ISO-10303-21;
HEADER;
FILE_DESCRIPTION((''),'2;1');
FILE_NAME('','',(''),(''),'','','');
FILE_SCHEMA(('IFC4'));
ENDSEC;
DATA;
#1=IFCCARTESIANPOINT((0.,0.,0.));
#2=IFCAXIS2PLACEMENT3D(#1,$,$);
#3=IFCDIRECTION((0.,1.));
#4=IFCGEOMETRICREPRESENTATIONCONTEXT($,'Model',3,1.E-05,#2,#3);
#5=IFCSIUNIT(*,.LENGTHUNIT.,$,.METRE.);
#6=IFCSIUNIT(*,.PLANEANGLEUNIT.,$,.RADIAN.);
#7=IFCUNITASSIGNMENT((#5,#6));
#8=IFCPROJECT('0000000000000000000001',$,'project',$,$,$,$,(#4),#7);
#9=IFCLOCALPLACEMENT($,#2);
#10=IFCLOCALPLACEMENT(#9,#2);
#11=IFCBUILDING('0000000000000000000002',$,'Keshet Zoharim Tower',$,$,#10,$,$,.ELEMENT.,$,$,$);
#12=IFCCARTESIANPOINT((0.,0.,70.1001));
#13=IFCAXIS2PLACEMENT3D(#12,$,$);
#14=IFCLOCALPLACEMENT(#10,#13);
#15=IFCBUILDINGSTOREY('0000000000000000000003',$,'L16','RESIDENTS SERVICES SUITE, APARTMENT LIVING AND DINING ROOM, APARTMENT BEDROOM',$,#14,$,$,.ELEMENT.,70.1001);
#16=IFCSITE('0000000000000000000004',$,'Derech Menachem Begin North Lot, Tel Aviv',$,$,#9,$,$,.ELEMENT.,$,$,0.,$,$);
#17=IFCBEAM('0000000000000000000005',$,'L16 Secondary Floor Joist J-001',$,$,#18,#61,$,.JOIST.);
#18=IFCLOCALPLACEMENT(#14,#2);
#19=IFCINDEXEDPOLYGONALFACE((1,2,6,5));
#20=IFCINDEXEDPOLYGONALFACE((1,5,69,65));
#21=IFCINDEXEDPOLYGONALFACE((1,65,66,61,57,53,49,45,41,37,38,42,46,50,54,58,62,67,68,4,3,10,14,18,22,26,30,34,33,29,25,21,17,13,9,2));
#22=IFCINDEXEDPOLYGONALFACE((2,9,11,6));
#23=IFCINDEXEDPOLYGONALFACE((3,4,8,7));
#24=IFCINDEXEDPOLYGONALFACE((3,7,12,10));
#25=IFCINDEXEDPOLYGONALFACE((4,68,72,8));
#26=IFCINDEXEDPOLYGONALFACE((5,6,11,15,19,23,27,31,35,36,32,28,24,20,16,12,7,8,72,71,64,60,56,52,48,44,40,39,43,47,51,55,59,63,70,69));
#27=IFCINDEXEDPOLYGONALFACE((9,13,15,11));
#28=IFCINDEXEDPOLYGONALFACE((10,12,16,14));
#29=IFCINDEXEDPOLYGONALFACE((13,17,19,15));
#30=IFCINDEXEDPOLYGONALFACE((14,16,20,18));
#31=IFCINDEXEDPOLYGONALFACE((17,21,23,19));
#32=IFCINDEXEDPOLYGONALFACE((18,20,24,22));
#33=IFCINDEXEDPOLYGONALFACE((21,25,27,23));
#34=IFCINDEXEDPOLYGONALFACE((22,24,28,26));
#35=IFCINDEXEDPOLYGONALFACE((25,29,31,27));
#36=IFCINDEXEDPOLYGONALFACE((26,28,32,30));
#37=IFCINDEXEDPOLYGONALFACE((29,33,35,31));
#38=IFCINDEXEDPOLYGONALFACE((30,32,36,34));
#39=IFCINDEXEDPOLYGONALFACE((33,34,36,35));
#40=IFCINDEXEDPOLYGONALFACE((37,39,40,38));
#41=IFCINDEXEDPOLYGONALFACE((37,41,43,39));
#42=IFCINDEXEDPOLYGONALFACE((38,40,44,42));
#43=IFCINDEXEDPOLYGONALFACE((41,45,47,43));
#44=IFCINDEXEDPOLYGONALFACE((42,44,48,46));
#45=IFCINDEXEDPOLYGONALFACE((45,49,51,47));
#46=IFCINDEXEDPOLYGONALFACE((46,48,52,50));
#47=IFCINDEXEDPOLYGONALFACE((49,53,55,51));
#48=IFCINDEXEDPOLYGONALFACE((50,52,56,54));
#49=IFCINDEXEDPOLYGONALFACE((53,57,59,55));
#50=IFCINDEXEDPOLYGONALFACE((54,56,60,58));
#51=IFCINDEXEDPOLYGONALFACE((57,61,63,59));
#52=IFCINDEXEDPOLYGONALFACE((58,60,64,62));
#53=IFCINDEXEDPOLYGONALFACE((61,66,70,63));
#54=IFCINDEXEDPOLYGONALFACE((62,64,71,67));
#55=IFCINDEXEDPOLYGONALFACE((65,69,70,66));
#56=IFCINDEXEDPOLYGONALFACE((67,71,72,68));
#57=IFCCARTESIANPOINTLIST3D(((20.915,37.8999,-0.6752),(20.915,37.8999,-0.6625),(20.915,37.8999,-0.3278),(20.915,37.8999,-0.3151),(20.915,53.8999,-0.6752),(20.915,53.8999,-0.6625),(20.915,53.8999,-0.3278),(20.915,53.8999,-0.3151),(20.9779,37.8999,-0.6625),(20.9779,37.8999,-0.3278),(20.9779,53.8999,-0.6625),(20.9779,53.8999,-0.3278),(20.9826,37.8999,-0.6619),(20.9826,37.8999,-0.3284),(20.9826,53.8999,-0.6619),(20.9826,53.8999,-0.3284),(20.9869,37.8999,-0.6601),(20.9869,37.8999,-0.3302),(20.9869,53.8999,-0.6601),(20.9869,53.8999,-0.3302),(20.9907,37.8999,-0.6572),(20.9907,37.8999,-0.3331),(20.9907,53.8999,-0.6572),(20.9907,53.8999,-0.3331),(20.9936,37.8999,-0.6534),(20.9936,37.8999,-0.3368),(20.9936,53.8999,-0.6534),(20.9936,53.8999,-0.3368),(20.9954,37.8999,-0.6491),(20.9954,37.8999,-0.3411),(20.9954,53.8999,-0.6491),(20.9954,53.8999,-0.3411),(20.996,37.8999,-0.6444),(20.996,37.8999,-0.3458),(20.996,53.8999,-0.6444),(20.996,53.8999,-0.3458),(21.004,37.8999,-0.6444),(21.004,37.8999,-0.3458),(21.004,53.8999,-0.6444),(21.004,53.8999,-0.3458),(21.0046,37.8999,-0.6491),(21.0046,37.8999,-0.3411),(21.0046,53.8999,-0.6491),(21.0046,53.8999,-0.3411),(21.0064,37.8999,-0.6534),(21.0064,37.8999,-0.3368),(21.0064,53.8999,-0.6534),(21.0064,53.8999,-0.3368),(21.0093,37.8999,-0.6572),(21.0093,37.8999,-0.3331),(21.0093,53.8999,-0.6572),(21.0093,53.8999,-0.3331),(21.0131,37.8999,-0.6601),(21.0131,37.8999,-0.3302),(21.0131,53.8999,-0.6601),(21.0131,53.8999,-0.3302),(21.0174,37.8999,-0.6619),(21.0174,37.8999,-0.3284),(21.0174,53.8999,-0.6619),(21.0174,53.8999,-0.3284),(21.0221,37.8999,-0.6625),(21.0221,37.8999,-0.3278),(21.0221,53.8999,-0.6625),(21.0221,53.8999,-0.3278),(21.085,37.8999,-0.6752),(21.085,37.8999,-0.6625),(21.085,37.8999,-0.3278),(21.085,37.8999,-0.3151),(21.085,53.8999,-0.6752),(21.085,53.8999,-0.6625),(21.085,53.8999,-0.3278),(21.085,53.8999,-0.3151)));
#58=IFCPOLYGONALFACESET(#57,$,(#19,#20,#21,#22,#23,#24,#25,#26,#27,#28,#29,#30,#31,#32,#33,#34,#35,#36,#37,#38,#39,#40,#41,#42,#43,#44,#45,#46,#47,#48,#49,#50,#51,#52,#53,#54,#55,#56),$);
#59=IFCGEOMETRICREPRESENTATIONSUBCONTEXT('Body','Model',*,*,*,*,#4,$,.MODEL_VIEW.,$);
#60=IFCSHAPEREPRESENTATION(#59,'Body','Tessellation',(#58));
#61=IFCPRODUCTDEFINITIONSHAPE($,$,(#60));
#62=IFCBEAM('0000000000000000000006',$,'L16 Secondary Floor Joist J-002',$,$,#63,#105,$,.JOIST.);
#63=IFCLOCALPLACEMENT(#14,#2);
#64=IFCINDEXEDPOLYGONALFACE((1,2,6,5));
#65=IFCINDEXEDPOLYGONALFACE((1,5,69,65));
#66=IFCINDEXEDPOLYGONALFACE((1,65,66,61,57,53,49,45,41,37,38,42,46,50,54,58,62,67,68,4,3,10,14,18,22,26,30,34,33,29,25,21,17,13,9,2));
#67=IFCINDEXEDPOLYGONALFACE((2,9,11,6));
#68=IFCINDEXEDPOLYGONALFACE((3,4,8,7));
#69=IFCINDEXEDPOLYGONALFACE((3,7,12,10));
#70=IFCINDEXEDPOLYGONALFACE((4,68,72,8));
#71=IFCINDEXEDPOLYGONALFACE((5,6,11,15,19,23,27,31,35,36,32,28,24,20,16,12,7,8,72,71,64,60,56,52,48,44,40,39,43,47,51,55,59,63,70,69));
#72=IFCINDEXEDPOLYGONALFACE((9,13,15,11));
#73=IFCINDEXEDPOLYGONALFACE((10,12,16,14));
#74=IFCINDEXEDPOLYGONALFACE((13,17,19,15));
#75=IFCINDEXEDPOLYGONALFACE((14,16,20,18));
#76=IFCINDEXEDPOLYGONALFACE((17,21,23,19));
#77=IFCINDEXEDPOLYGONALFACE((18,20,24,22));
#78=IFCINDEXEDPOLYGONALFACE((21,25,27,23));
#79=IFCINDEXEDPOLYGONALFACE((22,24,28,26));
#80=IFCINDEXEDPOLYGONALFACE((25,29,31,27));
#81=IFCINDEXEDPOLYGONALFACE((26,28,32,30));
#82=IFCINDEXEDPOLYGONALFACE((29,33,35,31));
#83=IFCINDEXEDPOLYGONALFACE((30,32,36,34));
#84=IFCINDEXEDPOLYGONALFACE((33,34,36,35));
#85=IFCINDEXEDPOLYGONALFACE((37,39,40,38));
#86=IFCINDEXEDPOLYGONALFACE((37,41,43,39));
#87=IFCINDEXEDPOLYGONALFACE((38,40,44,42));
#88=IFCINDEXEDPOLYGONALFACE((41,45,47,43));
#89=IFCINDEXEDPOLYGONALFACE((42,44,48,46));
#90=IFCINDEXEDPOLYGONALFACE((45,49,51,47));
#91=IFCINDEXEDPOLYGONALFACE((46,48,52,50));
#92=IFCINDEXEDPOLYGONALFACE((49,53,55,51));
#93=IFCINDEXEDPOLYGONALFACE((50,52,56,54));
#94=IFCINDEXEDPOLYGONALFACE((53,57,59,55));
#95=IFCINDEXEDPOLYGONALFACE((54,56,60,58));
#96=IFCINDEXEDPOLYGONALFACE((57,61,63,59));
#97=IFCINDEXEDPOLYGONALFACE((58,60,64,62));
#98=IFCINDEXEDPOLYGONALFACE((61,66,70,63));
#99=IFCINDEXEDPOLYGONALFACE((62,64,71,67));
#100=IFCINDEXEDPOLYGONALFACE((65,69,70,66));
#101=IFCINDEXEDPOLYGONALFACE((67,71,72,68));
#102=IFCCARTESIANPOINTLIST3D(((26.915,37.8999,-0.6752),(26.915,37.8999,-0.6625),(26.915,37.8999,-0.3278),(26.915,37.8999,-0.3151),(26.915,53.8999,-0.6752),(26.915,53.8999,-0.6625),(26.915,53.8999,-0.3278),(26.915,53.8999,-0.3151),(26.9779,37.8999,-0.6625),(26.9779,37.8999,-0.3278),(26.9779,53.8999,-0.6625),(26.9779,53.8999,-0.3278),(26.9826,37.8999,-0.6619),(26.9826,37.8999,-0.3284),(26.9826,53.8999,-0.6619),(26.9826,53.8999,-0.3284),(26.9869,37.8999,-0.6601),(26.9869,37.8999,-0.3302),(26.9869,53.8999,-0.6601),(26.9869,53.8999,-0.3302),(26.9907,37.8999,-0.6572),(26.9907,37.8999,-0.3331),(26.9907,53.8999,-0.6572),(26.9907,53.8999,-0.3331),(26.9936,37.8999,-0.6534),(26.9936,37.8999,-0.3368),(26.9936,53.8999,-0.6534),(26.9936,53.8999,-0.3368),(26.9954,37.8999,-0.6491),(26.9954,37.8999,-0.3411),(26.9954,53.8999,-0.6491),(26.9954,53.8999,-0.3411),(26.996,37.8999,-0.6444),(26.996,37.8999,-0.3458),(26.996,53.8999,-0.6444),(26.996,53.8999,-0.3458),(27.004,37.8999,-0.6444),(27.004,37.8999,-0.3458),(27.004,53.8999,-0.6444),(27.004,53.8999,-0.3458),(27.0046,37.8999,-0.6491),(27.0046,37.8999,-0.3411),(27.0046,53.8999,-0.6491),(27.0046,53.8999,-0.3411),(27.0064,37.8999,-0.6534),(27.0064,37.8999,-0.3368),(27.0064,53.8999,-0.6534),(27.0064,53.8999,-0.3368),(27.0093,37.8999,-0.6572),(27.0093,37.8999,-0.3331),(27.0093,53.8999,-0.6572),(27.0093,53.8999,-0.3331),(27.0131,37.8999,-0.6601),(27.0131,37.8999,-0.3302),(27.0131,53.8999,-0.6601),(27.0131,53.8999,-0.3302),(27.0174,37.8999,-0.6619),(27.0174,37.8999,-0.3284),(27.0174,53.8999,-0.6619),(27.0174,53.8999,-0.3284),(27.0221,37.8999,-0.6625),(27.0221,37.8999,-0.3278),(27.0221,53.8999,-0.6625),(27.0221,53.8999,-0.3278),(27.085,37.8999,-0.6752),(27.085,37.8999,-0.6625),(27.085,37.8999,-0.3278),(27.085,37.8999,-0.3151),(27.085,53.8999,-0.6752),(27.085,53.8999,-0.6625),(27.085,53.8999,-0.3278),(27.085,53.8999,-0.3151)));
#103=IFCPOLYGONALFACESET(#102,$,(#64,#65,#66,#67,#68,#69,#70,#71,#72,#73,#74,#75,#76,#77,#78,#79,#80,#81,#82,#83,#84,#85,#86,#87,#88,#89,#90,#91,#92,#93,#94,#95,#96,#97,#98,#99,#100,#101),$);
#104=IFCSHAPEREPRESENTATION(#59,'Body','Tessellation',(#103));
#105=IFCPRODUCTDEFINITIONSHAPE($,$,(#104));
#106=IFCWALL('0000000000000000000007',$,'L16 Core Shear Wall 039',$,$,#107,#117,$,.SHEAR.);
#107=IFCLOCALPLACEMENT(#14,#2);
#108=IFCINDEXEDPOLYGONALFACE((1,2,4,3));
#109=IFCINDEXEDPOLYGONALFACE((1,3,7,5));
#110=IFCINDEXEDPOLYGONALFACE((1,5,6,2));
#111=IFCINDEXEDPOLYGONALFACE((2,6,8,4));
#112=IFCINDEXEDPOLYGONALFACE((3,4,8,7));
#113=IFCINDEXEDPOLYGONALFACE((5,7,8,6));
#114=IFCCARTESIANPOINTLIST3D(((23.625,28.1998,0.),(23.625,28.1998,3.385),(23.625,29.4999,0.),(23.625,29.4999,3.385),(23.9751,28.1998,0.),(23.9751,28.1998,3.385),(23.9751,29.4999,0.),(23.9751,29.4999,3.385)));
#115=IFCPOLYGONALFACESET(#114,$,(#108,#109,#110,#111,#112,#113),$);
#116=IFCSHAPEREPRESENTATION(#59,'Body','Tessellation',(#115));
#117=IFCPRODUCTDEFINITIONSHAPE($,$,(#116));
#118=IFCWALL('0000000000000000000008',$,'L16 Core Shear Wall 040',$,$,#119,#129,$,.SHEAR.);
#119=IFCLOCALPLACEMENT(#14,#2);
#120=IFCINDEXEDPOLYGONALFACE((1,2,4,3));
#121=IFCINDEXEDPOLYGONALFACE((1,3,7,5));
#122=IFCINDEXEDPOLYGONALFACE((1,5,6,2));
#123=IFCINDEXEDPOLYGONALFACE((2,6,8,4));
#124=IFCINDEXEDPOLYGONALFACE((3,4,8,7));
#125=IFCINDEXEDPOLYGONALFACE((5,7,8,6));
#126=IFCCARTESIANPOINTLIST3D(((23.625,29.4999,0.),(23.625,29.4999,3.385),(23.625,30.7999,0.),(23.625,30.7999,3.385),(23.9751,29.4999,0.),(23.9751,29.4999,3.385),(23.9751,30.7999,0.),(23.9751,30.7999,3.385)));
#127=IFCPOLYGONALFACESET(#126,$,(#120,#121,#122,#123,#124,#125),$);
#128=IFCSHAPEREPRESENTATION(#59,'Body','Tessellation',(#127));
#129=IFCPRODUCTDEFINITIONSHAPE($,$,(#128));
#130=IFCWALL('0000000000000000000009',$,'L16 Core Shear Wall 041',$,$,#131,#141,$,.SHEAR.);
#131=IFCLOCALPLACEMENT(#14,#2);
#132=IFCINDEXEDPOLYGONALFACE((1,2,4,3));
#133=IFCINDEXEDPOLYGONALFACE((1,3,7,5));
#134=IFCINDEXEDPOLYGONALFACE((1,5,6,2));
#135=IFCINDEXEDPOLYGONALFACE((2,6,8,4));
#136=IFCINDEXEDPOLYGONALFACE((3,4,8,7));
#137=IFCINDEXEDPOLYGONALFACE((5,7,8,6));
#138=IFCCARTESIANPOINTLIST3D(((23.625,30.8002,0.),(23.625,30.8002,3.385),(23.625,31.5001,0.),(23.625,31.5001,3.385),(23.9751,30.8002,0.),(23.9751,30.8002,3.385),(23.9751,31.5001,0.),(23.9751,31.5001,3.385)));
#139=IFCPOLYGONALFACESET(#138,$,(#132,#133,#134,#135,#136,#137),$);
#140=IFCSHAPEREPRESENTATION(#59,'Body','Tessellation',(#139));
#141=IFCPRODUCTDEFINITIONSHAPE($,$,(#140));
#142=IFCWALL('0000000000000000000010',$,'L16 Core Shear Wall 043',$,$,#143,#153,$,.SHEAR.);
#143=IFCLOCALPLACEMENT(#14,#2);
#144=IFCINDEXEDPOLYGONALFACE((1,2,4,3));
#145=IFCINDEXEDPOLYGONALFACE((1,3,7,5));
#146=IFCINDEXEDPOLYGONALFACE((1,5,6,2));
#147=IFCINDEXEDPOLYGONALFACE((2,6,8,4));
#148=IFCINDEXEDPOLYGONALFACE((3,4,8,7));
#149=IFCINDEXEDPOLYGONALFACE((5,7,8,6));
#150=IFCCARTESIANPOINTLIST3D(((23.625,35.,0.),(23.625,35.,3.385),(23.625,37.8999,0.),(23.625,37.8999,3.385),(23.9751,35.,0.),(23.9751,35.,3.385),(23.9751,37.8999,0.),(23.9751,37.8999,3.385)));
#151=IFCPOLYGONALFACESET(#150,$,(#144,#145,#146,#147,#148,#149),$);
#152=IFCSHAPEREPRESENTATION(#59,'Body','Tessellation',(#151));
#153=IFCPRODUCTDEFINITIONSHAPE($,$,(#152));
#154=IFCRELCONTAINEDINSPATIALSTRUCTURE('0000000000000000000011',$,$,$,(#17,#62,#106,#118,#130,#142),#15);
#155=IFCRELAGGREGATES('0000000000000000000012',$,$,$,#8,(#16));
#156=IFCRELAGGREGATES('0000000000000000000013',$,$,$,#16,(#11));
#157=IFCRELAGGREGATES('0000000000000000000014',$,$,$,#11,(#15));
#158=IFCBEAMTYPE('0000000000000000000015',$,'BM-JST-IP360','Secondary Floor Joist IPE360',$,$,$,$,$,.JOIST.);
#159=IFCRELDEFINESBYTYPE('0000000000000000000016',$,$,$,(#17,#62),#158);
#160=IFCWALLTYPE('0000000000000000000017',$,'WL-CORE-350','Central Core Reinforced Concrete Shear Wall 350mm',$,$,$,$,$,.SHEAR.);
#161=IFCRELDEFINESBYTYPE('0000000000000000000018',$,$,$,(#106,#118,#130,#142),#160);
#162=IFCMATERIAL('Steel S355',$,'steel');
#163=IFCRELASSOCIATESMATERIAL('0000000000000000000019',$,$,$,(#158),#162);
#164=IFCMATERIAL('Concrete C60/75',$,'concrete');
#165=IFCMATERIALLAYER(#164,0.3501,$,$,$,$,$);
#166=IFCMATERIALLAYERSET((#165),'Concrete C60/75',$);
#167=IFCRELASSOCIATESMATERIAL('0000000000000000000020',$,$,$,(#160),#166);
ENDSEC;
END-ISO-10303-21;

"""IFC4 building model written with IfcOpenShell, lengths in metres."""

from ifc_helpers import new_model, si_unit, direction, frame, frame_2d, origin, origin_2d, place, context, subcontext, project, spatial, rectangle, i_section, extrude, material, layer, layer_set, material_profile, profile_set, type_object, element, save


model = new_model("IFC4")

# Units and contexts
model_context = context("Model", 3, precision=1e-05, world=origin(), true_north=direction((0.0, 1.0)))
body_context = subcontext(model_context, "Body", "Model", "MODEL_VIEW")
ifc_project = project(units=[si_unit("LENGTHUNIT", "METRE"), si_unit("PLANEANGLEUNIT", "RADIAN")], contexts=[model_context])

# Site, building, storey
site_placement = place(None, origin())
site = spatial("IfcSite", under=ifc_project, at=site_placement, Name="Derech Menachem Begin North Lot, Tel Aviv", CompositionType="ELEMENT", RefElevation=0.0)
building_placement = place(site_placement, origin())
building = spatial("IfcBuilding", under=site, at=building_placement, Name="Keshet Zoharim Tower", CompositionType="ELEMENT")
storey_placement = place(building_placement, frame((0.0, 0.0, 70.1001)))
storey = spatial("IfcBuildingStorey", under=building, at=storey_placement, Name="L16", Description="RESIDENTS SERVICES SUITE, APARTMENT LIVING AND DINING ROOM, APARTMENT BEDROOM", CompositionType="ELEMENT", Elevation=70.1001)

# Beams
ifc_material_1 = material(Name="Steel S355", Category="steel")
ifc_material_profile = material_profile(ifc_material_1, i_section(OverallWidth=0.1699, OverallDepth=0.3601, WebThickness=0.0081, FlangeThickness=0.0127, FilletRadius=0.0181, at=origin_2d()), Name="IPE360")
ifc_profile_set = profile_set([ifc_material_profile], Name="Steel S355")
beam_type = type_object("IfcBeamType", Name="BM-JST-IP360", Description="Secondary Floor Joist IPE360", PredefinedType="JOIST", material=ifc_profile_set)
for number, where, z_axis, x_axis, name in (
    (1, (21.0, 37.8999, -0.4951), (0.0, 1.0, 0.0), (-1.0, 0.0, 0.0), "L16 Secondary Floor Joist J-001"),
    (2, (27.0, 37.8999, -0.4951), (0.0, 1.0, 0.0), (-1.0, 0.0, 0.0), "L16 Secondary Floor Joist J-002"),
):
    element("IfcBeam", number, at=place(storey_placement, frame(where, z_axis=z_axis, x_axis=x_axis)), inside=storey, type_object=beam_type, Name=name, PredefinedType="JOIST", context=body_context, shape_type="SweptSolid", body=[
        extrude(i_section(OverallWidth=0.1699, OverallDepth=0.3601, WebThickness=0.0081, FlangeThickness=0.0127, FilletRadius=0.0181, at=origin_2d()), origin(), (0.0, 0.0, 1.0), 16.0),
    ])

# Walls
ifc_material_2 = material(Name="Concrete C60/75", Category="concrete")
ifc_layer_1 = layer(ifc_material_2, 0.3501)
ifc_layer_set_1 = layer_set([ifc_layer_1], Name="Concrete C60/75")
wall_type_1 = type_object("IfcWallType", Name="WL-CORE-350", Description="Central Core Reinforced Concrete Shear Wall 350mm", PredefinedType="SHEAR", material=ifc_layer_set_1)
for number, where, z_axis, x_axis, name in (
    (3, (23.8, 28.2, 0.0), (0.0, 0.0, 1.0), (0.0, 1.0, 0.0), "L16 Core Shear Wall 039"),
    (4, (23.8, 29.5, 0.0), (0.0, 0.0, 1.0), (0.0, 1.0, 0.0), "L16 Core Shear Wall 040"),
):
    element("IfcWall", number, at=place(storey_placement, frame(where, z_axis=z_axis, x_axis=x_axis)), inside=storey, type_object=wall_type_1, Name=name, PredefinedType="SHEAR", context=body_context, shape_type="SweptSolid", body=[
        extrude(rectangle(XDim=1.3, YDim=0.3501, at=frame_2d((0.6499, 0.0))), origin(), (0.0, 0.0, 1.0), 3.385),
    ])
wall_1_placement = place(storey_placement, frame((23.8, 30.8, 0.0), z_axis=(0.0, 0.0, 1.0), x_axis=(0.0, 1.0, 0.0)))
element("IfcWall", 5, at=wall_1_placement, inside=storey, type_object=wall_type_1, Name="L16 Core Shear Wall 041", PredefinedType="SHEAR", context=body_context, shape_type="SweptSolid", body=[
    extrude(rectangle(XDim=0.7, YDim=0.3501, at=frame_2d((0.3501, 0.0))), origin(), (0.0, 0.0, 1.0), 3.385),
])

# Wall
wall_2_placement = place(storey_placement, frame((23.8, 35.0, 0.0), z_axis=(0.0, 0.0, 1.0), x_axis=(0.0, 1.0, 0.0)))
element("IfcWall", 6, at=wall_2_placement, inside=storey, type_object=wall_type_1, Name="L16 Core Shear Wall 043", PredefinedType="SHEAR", context=body_context, shape_type="SweptSolid", body=[
    extrude(rectangle(XDim=2.8999, YDim=0.3501, at=frame_2d((1.45, 0.0))), origin(), (0.0, 0.0, 1.0), 3.385),
])

save(model, "model.ifc")
